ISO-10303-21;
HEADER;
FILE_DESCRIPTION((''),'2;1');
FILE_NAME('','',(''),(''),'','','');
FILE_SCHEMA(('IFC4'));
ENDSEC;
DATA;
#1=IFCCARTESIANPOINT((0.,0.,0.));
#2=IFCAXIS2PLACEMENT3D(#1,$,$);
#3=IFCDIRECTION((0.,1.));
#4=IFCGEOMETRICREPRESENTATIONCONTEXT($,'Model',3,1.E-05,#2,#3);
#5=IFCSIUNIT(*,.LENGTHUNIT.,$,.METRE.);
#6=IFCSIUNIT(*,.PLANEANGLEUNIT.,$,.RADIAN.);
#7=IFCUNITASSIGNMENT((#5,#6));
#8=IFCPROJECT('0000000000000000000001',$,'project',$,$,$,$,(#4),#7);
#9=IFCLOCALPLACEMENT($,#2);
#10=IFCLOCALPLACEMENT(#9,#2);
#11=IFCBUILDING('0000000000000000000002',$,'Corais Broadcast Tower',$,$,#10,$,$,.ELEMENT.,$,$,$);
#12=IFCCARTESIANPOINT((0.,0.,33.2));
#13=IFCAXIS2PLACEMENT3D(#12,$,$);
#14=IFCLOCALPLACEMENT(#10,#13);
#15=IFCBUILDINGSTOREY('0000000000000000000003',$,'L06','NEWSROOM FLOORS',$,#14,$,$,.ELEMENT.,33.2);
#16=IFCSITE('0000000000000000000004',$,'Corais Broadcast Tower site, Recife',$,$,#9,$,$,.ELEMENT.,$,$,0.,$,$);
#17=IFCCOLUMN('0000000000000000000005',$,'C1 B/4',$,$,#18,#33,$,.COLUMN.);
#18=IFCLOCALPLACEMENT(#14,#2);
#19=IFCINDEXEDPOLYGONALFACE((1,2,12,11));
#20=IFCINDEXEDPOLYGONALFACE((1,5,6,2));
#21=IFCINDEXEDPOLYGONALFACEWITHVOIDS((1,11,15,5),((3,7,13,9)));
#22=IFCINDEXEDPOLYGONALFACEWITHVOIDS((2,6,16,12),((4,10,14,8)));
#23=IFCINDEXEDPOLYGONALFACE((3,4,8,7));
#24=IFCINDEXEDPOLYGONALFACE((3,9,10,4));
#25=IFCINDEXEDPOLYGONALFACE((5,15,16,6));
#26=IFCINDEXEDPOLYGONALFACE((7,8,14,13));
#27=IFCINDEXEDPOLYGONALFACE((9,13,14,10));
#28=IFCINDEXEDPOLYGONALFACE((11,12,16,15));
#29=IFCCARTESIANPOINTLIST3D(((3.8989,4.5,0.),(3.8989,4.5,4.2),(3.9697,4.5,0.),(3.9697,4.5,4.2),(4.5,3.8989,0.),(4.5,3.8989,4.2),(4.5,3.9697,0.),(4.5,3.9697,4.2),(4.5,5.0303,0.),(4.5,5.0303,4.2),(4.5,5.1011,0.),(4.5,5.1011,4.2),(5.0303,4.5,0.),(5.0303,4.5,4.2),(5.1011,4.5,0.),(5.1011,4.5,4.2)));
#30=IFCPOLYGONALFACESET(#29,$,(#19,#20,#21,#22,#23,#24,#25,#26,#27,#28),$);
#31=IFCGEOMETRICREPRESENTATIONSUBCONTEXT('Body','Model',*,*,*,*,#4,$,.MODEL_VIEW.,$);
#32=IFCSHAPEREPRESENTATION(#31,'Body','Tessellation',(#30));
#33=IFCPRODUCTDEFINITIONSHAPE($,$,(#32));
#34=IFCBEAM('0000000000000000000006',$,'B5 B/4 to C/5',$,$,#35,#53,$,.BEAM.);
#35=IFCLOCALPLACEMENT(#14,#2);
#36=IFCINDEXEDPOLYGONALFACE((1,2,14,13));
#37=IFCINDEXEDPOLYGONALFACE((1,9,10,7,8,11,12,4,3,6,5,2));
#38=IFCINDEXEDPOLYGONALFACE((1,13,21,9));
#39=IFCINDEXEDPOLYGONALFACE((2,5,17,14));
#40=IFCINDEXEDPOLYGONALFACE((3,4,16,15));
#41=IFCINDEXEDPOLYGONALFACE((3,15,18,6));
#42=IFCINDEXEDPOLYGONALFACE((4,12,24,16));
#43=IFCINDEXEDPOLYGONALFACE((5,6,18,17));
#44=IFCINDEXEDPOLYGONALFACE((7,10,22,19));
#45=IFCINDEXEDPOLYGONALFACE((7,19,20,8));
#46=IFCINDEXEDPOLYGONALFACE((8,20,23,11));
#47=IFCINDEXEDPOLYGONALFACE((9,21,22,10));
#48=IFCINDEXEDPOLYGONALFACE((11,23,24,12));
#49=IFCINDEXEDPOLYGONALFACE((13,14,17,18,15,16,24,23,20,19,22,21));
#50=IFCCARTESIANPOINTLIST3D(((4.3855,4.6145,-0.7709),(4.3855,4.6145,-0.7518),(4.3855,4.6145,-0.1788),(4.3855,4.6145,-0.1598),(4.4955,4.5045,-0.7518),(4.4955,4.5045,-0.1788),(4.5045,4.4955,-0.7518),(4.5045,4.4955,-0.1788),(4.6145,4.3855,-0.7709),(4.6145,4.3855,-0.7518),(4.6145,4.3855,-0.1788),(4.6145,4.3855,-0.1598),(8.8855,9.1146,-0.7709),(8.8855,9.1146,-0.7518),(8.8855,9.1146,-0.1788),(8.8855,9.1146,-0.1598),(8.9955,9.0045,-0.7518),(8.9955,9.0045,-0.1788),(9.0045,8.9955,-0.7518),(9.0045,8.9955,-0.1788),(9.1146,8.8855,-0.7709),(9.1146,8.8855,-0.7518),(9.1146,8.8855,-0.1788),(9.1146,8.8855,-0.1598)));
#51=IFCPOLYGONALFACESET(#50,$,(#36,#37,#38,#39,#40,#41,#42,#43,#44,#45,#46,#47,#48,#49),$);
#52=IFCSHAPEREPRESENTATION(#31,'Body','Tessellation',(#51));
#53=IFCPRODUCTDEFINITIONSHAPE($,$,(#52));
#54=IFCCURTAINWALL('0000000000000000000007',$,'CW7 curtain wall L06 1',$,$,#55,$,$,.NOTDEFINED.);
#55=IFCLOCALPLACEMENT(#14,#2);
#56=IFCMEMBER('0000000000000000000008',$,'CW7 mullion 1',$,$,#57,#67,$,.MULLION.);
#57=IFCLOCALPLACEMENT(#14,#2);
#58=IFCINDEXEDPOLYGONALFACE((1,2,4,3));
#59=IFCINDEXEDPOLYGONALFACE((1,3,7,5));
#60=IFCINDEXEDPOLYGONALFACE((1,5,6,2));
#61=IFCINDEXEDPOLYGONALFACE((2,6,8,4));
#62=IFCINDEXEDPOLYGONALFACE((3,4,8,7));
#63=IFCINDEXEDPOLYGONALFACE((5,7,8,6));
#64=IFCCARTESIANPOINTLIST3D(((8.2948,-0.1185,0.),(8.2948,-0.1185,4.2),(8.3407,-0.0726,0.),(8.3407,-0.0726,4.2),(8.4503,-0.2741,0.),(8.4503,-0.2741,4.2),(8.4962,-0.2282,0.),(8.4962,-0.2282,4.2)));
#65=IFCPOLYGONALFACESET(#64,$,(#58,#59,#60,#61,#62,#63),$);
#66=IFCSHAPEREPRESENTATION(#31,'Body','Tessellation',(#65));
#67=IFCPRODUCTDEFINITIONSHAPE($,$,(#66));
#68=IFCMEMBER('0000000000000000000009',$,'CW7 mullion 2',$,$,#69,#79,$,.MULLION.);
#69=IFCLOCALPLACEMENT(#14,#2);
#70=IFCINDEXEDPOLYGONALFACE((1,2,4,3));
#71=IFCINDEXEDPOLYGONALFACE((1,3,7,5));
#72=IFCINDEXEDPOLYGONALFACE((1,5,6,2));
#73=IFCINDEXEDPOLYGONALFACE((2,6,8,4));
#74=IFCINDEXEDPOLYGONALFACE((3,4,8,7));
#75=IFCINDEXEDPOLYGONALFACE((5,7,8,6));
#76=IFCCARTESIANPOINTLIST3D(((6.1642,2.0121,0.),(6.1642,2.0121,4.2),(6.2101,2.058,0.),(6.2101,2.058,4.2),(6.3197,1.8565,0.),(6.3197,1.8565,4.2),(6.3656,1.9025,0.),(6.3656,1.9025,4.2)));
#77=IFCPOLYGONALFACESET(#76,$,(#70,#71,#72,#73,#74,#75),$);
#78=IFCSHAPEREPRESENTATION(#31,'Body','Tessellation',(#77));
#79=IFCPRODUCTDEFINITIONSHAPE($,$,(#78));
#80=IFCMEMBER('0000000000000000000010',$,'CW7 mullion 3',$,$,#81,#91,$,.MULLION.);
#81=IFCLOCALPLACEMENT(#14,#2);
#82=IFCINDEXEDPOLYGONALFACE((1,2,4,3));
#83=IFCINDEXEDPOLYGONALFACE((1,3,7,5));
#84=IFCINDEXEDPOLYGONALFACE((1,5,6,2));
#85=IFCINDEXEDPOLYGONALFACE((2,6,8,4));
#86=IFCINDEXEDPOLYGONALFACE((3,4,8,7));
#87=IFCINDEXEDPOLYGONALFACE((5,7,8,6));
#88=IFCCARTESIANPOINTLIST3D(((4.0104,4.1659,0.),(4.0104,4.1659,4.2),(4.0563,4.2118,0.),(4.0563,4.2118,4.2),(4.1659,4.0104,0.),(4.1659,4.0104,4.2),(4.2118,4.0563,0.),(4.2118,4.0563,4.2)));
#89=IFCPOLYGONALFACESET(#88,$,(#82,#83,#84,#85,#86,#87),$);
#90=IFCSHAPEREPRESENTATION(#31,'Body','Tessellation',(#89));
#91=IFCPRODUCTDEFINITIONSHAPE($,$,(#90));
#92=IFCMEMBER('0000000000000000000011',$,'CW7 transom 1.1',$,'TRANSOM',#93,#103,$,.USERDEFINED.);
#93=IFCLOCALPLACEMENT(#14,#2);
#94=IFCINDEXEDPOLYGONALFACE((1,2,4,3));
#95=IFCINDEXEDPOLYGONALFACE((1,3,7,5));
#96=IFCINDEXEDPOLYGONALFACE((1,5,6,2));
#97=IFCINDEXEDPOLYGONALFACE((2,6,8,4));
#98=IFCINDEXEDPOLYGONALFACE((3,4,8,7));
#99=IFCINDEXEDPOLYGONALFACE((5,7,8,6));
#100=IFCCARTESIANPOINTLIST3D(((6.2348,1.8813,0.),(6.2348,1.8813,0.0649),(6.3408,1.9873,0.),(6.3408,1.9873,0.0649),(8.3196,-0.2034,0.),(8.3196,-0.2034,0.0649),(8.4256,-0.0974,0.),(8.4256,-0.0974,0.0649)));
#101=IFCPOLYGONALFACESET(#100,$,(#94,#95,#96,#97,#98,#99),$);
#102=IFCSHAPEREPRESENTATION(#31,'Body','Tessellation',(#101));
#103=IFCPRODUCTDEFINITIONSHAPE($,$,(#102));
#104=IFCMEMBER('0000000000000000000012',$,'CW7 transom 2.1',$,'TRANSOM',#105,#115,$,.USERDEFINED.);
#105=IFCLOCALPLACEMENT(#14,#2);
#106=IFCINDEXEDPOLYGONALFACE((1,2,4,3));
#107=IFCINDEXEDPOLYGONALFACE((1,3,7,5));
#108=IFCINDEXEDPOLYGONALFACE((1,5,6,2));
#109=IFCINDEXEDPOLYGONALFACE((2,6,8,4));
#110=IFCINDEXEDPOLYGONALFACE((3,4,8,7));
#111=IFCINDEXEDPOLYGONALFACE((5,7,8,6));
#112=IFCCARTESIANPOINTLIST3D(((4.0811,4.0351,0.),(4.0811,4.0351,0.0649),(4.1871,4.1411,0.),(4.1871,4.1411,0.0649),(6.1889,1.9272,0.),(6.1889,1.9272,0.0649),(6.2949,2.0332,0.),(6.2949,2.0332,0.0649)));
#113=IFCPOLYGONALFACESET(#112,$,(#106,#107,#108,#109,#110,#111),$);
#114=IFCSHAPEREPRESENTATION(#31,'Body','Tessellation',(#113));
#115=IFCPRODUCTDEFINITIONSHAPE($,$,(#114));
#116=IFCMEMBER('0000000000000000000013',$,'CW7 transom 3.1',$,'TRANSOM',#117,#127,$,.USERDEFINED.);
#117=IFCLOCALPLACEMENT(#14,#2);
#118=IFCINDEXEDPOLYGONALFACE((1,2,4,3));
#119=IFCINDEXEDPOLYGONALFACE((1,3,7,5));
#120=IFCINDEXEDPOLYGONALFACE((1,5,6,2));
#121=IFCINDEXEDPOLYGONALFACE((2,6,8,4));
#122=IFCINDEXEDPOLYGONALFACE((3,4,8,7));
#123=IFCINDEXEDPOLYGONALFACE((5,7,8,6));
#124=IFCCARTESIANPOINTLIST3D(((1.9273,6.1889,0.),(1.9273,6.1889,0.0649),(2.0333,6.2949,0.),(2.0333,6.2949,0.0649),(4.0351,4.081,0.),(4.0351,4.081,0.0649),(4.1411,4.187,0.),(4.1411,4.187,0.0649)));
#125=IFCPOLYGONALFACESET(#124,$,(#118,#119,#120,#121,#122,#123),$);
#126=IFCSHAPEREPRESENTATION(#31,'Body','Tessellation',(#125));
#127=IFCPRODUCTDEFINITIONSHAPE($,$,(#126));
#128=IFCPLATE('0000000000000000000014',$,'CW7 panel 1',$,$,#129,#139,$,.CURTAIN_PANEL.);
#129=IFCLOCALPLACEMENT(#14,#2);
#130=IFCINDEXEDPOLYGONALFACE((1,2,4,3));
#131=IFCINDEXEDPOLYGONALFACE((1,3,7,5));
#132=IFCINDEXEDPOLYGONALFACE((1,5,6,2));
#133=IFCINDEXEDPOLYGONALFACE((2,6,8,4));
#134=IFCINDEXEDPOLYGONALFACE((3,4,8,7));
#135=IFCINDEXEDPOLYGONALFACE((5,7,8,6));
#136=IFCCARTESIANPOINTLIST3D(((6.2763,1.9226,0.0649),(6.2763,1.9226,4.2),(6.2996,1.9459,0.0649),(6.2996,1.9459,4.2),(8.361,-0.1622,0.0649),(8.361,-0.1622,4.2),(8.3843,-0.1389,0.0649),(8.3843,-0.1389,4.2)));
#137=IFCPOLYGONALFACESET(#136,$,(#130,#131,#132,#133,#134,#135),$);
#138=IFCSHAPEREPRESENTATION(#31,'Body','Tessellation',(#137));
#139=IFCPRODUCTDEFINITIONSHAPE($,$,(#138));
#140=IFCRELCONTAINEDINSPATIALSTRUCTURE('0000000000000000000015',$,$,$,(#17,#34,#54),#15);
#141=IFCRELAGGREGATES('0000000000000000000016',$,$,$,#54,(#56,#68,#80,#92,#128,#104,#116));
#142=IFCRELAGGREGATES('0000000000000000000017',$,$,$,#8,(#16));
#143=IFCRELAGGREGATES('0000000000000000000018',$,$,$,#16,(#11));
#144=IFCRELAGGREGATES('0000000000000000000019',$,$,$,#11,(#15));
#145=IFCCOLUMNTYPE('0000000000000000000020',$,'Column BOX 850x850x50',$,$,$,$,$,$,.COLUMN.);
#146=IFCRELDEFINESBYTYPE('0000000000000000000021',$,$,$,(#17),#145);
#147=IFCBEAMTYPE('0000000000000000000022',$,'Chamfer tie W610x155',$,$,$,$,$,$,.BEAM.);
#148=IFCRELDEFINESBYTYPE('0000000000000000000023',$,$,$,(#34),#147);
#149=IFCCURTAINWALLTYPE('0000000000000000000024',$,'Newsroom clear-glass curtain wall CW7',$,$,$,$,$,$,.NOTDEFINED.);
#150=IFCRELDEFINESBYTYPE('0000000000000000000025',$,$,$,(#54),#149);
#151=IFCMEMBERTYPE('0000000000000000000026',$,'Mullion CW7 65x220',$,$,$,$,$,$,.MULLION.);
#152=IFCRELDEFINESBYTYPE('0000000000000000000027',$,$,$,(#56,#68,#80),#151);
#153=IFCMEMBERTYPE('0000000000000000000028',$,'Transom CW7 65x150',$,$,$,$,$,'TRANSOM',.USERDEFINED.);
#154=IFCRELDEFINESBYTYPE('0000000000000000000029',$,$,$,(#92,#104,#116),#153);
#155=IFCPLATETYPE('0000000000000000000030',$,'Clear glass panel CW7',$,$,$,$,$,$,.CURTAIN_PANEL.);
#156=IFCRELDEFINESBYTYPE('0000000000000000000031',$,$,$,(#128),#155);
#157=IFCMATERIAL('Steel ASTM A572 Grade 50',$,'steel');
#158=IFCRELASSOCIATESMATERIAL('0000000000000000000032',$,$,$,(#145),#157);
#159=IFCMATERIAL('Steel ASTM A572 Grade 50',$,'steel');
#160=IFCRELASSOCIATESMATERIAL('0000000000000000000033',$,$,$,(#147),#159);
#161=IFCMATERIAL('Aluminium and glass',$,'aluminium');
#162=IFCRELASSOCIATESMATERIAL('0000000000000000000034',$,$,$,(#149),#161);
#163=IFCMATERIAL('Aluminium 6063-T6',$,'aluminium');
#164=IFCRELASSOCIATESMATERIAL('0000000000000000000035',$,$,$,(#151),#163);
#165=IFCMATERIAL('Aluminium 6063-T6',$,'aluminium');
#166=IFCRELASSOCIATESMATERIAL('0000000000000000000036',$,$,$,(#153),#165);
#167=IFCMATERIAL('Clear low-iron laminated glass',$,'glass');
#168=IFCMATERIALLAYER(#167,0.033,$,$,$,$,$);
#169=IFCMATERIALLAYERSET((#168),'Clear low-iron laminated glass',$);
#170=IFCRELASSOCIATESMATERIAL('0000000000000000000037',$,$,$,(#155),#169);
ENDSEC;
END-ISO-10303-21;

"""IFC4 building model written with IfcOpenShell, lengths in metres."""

from ifc_helpers import new_model, si_unit, direction, frame, origin, origin_2d, place, context, subcontext, project, spatial, rectangle, hollow_rectangle, i_section, extrude, material, layer, layer_set, material_profile, profile_set, type_object, element, aggregate, save


model = new_model("IFC4")

# Units and contexts
model_context = context("Model", 3, precision=1e-05, world=origin(), true_north=direction((0.0, 1.0)))
body_context = subcontext(model_context, "Body", "Model", "MODEL_VIEW")
ifc_project = project(units=[si_unit("LENGTHUNIT", "METRE"), si_unit("PLANEANGLEUNIT", "RADIAN")], contexts=[model_context])

# Site, building, storey
site_placement = place(None, origin())
site = spatial("IfcSite", under=ifc_project, at=site_placement, Name="Corais Broadcast Tower site, Recife", CompositionType="ELEMENT", RefElevation=0.0)
building_placement = place(site_placement, origin())
building = spatial("IfcBuilding", under=site, at=building_placement, Name="Corais Broadcast Tower", CompositionType="ELEMENT")
storey_placement = place(building_placement, frame((0.0, 0.0, 33.2)))
storey = spatial("IfcBuildingStorey", under=building, at=storey_placement, Name="L06", Description="NEWSROOM FLOORS", CompositionType="ELEMENT", Elevation=33.2)

# Column
ifc_material_1 = material(Name="Steel ASTM A572 Grade 50", Category="steel")
ifc_material_profile_1 = material_profile(ifc_material_1, hollow_rectangle(XDim=0.8501, YDim=0.8501, WallThickness=0.05, at=origin_2d()), Name="BOX 850x850x50")
ifc_profile_set_1 = profile_set([ifc_material_profile_1], Name="Steel ASTM A572 Grade 50")
column_type = type_object("IfcColumnType", Name="Column BOX 850x850x50", PredefinedType="COLUMN", material=ifc_profile_set_1)
column_placement = place(storey_placement, frame((4.5, 4.5, 0.0), z_axis=(0.0, 0.0, 1.0), x_axis=(0.707107, 0.707107, 0.0)))
element("IfcColumn", 1, at=column_placement, inside=storey, type_object=column_type, Name="C1 B/4", PredefinedType="COLUMN", context=body_context, shape_type="SweptSolid", body=[
    extrude(hollow_rectangle(XDim=0.8501, YDim=0.8501, WallThickness=0.05, at=origin_2d()), origin(), (0.0, 0.0, 1.0), 4.2),
])

# Beam
ifc_material_2 = material(Name="Steel ASTM A572 Grade 50", Category="steel")
ifc_material_profile_2 = material_profile(ifc_material_2, i_section(OverallWidth=0.324, OverallDepth=0.6111, WebThickness=0.0127, FlangeThickness=0.019, at=origin_2d()), Name="W610x155")
ifc_profile_set_2 = profile_set([ifc_material_profile_2], Name="Steel ASTM A572 Grade 50")
beam_type = type_object("IfcBeamType", Name="Chamfer tie W610x155", PredefinedType="BEAM", material=ifc_profile_set_2)
beam_placement = place(storey_placement, frame((4.5, 4.5, -0.4653), z_axis=(0.707107, 0.707107, 0.0), x_axis=(-0.707107, 0.707107, 0.0)))
element("IfcBeam", 2, at=beam_placement, inside=storey, type_object=beam_type, Name="B5 B/4 to C/5", PredefinedType="BEAM", context=body_context, shape_type="SweptSolid", body=[
    extrude(i_section(OverallWidth=0.324, OverallDepth=0.6111, WebThickness=0.0127, FlangeThickness=0.019, at=origin_2d()), origin(), (0.0, 0.0, 1.0), 6.364),
])

# Curtain wall, members, plate
ifc_material_3 = material(Name="Aluminium and glass", Category="aluminium")
curtain_wall_type = type_object("IfcCurtainWallType", Name="Newsroom clear-glass curtain wall CW7", PredefinedType="NOTDEFINED", material=ifc_material_3)
curtain_wall_placement = place(storey_placement, origin())
curtain_wall = element("IfcCurtainWall", 3, at=curtain_wall_placement, inside=storey, type_object=curtain_wall_type, Name="CW7 curtain wall L06 1", PredefinedType="NOTDEFINED")
ifc_material_4 = material(Name="Aluminium 6063-T6", Category="aluminium")
ifc_material_profile_3 = material_profile(ifc_material_4, rectangle(XDim=0.0649, YDim=0.22, at=origin_2d()), Name="Mullion CW7 65x220")
ifc_profile_set_3 = profile_set([ifc_material_profile_3], Name="Aluminium 6063-T6")
member_type_1 = type_object("IfcMemberType", Name="Mullion CW7 65x220", PredefinedType="MULLION", material=ifc_profile_set_3)
member_1_placement = place(storey_placement, frame((8.3955, -0.1733, 0.0), z_axis=(0.0, 0.0, 1.0), x_axis=(-0.707107, -0.707107, 0.0)))
member_1 = element("IfcMember", 4, at=member_1_placement, type_object=member_type_1, Name="CW7 mullion 1", PredefinedType="MULLION", context=body_context, shape_type="SweptSolid", body=[
    extrude(rectangle(XDim=0.0649, YDim=0.22, at=origin_2d()), origin(), (0.0, 0.0, 1.0), 4.2),
])
member_2_placement = place(storey_placement, frame((6.2649, 1.9573, 0.0), z_axis=(0.0, 0.0, 1.0), x_axis=(-0.707107, -0.707107, 0.0)))
member_2 = element("IfcMember", 5, at=member_2_placement, type_object=member_type_1, Name="CW7 mullion 2", PredefinedType="MULLION", context=body_context, shape_type="SweptSolid", body=[
    extrude(rectangle(XDim=0.0649, YDim=0.22, at=origin_2d()), origin(), (0.0, 0.0, 1.0), 4.2),
])
member_3_placement = place(storey_placement, frame((4.1111, 4.1111, 0.0), z_axis=(0.0, 0.0, 1.0), x_axis=(-0.707107, -0.707107, 0.0)))
member_3 = element("IfcMember", 6, at=member_3_placement, type_object=member_type_1, Name="CW7 mullion 3", PredefinedType="MULLION", context=body_context, shape_type="SweptSolid", body=[
    extrude(rectangle(XDim=0.0649, YDim=0.22, at=origin_2d()), origin(), (0.0, 0.0, 1.0), 4.2),
])
ifc_material_5 = material(Name="Aluminium 6063-T6", Category="aluminium")
ifc_material_profile_4 = material_profile(ifc_material_5, rectangle(XDim=0.1499, YDim=0.0649, at=origin_2d()), Name="Transom CW7 65x150")
ifc_profile_set_4 = profile_set([ifc_material_profile_4], Name="Aluminium 6063-T6")
member_type_2 = type_object("IfcMemberType", Name="Transom CW7 65x150", ElementType="TRANSOM", PredefinedType="USERDEFINED", material=ifc_profile_set_4)
member_4_placement = place(storey_placement, frame((8.3726, -0.1504, 0.0325), z_axis=(-0.707107, 0.707107, 0.0), x_axis=(-0.707107, -0.707107, 0.0)))
member_4 = element("IfcMember", 7, at=member_4_placement, type_object=member_type_2, Name="CW7 transom 1.1", ObjectType="TRANSOM", PredefinedType="USERDEFINED", context=body_context, shape_type="SweptSolid", body=[
    extrude(rectangle(XDim=0.1499, YDim=0.0649, at=origin_2d()), origin(), (0.0, 0.0, 1.0), 2.9482),
])
member_5_placement = place(storey_placement, frame((6.2419, 1.9802, 0.0325), z_axis=(-0.707107, 0.707107, 0.0), x_axis=(-0.707107, -0.707107, 0.0)))
member_5 = element("IfcMember", 8, at=member_5_placement, type_object=member_type_2, Name="CW7 transom 2.1", ObjectType="TRANSOM", PredefinedType="USERDEFINED", context=body_context, shape_type="SweptSolid", body=[
    extrude(rectangle(XDim=0.1499, YDim=0.0649, at=origin_2d()), origin(), (0.0, 0.0, 1.0), 2.981),
])
member_6_placement = place(storey_placement, frame((4.0881, 4.134, 0.0325), z_axis=(-0.707107, 0.707107, 0.0), x_axis=(-0.707107, -0.707107, 0.0)))
member_6 = element("IfcMember", 9, at=member_6_placement, type_object=member_type_2, Name="CW7 transom 3.1", ObjectType="TRANSOM", PredefinedType="USERDEFINED", context=body_context, shape_type="SweptSolid", body=[
    extrude(rectangle(XDim=0.1499, YDim=0.0649, at=origin_2d()), origin(), (0.0, 0.0, 1.0), 2.981),
])
ifc_material_6 = material(Name="Clear low-iron laminated glass", Category="glass")
ifc_layer_1 = layer(ifc_material_6, 0.033)
ifc_layer_set_1 = layer_set([ifc_layer_1], Name="Clear low-iron laminated glass")
plate_type_1 = type_object("IfcPlateType", Name="Clear glass panel CW7", PredefinedType="CURTAIN_PANEL", material=ifc_layer_set_1)
plate_1_placement = place(storey_placement, frame((7.3303, 0.8918, 0.0649), z_axis=(0.0, 0.0, 1.0), x_axis=(-0.707107, 0.707107, 0.0)))
plate_1 = element("IfcPlate", 10, at=plate_1_placement, type_object=plate_type_1, Name="CW7 panel 1", PredefinedType="CURTAIN_PANEL", context=body_context, shape_type="SweptSolid", body=[
    extrude(rectangle(XDim=2.9482, YDim=0.033, at=origin_2d()), origin(), (0.0, 0.0, 1.0), 4.135),
])

aggregate(curtain_wall, [member_1, member_2, member_3, member_4, plate_1, member_5, member_6])

save(model, "model.ifc")
